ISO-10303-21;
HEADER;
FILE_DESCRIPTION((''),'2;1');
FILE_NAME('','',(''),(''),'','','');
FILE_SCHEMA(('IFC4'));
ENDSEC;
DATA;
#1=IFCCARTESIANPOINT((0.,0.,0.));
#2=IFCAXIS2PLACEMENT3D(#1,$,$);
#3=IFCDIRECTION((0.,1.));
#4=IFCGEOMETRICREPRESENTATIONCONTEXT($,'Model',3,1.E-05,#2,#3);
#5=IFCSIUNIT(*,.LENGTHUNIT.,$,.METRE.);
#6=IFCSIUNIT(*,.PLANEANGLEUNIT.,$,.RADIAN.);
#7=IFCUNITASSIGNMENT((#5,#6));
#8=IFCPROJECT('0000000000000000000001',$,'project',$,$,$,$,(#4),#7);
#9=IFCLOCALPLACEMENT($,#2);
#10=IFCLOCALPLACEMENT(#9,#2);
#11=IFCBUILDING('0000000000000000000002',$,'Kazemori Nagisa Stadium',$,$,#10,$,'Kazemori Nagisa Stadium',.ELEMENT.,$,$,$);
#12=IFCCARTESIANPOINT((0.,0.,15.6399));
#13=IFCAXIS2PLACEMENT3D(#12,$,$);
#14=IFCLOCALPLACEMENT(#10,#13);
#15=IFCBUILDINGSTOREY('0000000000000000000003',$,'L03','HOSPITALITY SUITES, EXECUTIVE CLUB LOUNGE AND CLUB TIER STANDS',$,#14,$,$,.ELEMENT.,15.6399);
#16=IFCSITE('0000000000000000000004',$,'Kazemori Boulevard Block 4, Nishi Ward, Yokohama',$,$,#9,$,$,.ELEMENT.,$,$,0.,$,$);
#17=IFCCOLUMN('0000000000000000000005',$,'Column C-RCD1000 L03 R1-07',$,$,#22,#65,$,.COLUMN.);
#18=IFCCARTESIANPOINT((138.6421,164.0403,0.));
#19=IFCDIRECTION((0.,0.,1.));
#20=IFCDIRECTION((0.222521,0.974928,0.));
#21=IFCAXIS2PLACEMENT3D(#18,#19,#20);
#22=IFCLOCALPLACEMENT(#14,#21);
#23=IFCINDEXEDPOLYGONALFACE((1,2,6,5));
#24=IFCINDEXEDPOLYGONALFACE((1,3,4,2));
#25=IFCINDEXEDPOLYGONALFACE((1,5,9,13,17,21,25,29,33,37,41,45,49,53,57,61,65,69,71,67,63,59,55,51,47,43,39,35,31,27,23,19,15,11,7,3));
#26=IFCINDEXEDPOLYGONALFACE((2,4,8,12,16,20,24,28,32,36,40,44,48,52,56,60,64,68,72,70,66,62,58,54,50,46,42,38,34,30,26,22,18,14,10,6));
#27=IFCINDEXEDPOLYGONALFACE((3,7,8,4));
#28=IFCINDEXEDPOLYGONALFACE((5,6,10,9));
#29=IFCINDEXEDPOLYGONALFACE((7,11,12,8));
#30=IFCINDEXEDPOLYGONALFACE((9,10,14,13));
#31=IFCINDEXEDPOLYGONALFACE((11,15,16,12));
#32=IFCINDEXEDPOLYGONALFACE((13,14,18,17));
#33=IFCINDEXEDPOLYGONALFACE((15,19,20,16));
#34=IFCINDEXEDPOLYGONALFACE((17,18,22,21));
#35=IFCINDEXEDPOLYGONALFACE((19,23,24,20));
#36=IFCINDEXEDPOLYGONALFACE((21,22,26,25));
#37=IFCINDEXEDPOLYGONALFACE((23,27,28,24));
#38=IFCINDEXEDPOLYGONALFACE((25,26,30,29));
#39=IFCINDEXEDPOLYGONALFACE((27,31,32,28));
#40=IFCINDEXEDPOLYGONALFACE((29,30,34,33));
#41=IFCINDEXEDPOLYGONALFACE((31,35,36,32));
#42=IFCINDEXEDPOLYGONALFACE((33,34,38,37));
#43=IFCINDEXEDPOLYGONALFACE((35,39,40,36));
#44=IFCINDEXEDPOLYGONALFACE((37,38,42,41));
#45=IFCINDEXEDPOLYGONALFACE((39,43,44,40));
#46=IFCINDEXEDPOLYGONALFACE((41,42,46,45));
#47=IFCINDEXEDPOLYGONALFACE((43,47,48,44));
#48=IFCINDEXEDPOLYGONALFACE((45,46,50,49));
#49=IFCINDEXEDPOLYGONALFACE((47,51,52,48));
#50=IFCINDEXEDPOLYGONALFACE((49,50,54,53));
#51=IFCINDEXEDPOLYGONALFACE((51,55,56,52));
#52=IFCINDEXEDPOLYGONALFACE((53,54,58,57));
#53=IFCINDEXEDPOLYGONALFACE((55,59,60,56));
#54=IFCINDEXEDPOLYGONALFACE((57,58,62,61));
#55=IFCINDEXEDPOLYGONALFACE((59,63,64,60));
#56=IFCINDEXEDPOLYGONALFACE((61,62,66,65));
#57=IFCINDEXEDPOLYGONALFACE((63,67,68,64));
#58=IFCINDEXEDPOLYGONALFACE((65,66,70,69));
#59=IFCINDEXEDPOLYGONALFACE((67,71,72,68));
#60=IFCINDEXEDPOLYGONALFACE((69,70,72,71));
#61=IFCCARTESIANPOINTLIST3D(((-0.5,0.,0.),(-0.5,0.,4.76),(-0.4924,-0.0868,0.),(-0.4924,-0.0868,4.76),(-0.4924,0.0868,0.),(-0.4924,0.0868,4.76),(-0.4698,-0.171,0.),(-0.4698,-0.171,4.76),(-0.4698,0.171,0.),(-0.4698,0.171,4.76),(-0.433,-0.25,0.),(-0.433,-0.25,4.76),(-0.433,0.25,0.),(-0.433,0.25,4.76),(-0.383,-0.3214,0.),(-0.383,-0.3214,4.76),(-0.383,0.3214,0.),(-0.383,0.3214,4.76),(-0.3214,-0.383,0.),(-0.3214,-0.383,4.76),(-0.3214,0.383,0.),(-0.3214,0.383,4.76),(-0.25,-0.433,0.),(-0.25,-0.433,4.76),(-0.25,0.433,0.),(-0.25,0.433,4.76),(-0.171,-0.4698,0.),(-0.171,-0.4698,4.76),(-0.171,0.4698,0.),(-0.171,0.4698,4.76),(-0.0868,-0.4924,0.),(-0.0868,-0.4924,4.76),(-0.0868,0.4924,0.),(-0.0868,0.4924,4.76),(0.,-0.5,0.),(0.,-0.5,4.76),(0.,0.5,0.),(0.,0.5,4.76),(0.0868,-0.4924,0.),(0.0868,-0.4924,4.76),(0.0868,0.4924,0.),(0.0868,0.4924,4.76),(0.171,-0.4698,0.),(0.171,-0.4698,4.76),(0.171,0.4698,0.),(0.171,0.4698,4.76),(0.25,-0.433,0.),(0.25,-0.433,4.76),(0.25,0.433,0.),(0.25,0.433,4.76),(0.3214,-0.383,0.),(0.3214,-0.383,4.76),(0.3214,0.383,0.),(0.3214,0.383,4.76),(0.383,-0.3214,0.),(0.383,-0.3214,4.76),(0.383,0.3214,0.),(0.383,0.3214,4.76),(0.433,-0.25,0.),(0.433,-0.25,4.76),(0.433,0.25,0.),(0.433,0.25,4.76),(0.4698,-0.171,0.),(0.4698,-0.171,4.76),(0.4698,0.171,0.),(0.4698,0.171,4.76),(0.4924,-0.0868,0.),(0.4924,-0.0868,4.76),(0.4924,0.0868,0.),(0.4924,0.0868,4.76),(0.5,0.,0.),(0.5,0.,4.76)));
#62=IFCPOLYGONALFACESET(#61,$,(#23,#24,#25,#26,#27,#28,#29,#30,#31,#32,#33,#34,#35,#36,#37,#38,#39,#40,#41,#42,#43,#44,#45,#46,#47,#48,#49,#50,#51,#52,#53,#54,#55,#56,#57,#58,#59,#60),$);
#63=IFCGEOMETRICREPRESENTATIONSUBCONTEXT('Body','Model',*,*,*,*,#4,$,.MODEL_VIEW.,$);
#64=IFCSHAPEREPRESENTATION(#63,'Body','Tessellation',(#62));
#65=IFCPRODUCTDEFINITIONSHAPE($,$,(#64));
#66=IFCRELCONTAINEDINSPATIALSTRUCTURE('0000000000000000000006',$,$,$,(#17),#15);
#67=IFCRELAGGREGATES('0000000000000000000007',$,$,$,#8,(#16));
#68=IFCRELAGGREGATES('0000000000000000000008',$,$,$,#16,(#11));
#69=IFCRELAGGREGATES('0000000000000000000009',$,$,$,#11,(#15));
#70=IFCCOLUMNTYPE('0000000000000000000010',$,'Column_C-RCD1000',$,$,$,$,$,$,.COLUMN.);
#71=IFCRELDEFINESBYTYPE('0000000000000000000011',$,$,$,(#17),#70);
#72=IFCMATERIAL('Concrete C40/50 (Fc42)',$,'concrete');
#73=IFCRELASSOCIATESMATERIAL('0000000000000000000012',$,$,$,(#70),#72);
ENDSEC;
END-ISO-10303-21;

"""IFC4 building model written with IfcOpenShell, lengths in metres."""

from ifc_helpers import new_model, si_unit, direction, frame, origin, origin_2d, place, context, subcontext, project, spatial, circle, extrude, material, material_profile, profile_set, type_object, element, save


model = new_model("IFC4")

# Units and contexts
model_context = context("Model", 3, precision=1e-05, world=origin(), true_north=direction((0.0, 1.0)))
body_context = subcontext(model_context, "Body", "Model", "MODEL_VIEW")
ifc_project = project(units=[si_unit("LENGTHUNIT", "METRE"), si_unit("PLANEANGLEUNIT", "RADIAN")], contexts=[model_context])

# Site, building, storey
site_placement = place(None, origin())
site = spatial("IfcSite", under=ifc_project, at=site_placement, Name="Kazemori Boulevard Block 4, Nishi Ward, Yokohama", CompositionType="ELEMENT", RefElevation=0.0)
building_placement = place(site_placement, origin())
building = spatial("IfcBuilding", under=site, at=building_placement, Name="Kazemori Nagisa Stadium", LongName="Kazemori Nagisa Stadium", CompositionType="ELEMENT")
storey_placement = place(building_placement, frame((0.0, 0.0, 15.6399)))
storey = spatial("IfcBuildingStorey", under=building, at=storey_placement, Name="L03", Description="HOSPITALITY SUITES, EXECUTIVE CLUB LOUNGE AND CLUB TIER STANDS", CompositionType="ELEMENT", Elevation=15.6399)

# Column
ifc_material_1 = material(Name="Concrete C40/50 (Fc42)", Category="concrete")
ifc_material_profile_1 = material_profile(ifc_material_1, circle(Radius=0.5, at=origin_2d()), Name="RC-COL-D1000")
ifc_profile_set_1 = profile_set([ifc_material_profile_1], Name="Concrete C40/50 (Fc42)")
column_type = type_object("IfcColumnType", Name="Column_C-RCD1000", PredefinedType="COLUMN", material=ifc_profile_set_1)
column_placement = place(storey_placement, frame((138.6421, 164.0403, 0.0), z_axis=(0.0, 0.0, 1.0), x_axis=(0.222521, 0.974928, 0.0)))
element("IfcColumn", 1, at=column_placement, inside=storey, type_object=column_type, Name="Column C-RCD1000 L03 R1-07", PredefinedType="COLUMN", context=body_context, shape_type="SweptSolid", body=[
    extrude(circle(Radius=0.5, at=origin_2d()), origin(), (0.0, 0.0, 1.0), 4.76),
])

save(model, "model.ifc")
